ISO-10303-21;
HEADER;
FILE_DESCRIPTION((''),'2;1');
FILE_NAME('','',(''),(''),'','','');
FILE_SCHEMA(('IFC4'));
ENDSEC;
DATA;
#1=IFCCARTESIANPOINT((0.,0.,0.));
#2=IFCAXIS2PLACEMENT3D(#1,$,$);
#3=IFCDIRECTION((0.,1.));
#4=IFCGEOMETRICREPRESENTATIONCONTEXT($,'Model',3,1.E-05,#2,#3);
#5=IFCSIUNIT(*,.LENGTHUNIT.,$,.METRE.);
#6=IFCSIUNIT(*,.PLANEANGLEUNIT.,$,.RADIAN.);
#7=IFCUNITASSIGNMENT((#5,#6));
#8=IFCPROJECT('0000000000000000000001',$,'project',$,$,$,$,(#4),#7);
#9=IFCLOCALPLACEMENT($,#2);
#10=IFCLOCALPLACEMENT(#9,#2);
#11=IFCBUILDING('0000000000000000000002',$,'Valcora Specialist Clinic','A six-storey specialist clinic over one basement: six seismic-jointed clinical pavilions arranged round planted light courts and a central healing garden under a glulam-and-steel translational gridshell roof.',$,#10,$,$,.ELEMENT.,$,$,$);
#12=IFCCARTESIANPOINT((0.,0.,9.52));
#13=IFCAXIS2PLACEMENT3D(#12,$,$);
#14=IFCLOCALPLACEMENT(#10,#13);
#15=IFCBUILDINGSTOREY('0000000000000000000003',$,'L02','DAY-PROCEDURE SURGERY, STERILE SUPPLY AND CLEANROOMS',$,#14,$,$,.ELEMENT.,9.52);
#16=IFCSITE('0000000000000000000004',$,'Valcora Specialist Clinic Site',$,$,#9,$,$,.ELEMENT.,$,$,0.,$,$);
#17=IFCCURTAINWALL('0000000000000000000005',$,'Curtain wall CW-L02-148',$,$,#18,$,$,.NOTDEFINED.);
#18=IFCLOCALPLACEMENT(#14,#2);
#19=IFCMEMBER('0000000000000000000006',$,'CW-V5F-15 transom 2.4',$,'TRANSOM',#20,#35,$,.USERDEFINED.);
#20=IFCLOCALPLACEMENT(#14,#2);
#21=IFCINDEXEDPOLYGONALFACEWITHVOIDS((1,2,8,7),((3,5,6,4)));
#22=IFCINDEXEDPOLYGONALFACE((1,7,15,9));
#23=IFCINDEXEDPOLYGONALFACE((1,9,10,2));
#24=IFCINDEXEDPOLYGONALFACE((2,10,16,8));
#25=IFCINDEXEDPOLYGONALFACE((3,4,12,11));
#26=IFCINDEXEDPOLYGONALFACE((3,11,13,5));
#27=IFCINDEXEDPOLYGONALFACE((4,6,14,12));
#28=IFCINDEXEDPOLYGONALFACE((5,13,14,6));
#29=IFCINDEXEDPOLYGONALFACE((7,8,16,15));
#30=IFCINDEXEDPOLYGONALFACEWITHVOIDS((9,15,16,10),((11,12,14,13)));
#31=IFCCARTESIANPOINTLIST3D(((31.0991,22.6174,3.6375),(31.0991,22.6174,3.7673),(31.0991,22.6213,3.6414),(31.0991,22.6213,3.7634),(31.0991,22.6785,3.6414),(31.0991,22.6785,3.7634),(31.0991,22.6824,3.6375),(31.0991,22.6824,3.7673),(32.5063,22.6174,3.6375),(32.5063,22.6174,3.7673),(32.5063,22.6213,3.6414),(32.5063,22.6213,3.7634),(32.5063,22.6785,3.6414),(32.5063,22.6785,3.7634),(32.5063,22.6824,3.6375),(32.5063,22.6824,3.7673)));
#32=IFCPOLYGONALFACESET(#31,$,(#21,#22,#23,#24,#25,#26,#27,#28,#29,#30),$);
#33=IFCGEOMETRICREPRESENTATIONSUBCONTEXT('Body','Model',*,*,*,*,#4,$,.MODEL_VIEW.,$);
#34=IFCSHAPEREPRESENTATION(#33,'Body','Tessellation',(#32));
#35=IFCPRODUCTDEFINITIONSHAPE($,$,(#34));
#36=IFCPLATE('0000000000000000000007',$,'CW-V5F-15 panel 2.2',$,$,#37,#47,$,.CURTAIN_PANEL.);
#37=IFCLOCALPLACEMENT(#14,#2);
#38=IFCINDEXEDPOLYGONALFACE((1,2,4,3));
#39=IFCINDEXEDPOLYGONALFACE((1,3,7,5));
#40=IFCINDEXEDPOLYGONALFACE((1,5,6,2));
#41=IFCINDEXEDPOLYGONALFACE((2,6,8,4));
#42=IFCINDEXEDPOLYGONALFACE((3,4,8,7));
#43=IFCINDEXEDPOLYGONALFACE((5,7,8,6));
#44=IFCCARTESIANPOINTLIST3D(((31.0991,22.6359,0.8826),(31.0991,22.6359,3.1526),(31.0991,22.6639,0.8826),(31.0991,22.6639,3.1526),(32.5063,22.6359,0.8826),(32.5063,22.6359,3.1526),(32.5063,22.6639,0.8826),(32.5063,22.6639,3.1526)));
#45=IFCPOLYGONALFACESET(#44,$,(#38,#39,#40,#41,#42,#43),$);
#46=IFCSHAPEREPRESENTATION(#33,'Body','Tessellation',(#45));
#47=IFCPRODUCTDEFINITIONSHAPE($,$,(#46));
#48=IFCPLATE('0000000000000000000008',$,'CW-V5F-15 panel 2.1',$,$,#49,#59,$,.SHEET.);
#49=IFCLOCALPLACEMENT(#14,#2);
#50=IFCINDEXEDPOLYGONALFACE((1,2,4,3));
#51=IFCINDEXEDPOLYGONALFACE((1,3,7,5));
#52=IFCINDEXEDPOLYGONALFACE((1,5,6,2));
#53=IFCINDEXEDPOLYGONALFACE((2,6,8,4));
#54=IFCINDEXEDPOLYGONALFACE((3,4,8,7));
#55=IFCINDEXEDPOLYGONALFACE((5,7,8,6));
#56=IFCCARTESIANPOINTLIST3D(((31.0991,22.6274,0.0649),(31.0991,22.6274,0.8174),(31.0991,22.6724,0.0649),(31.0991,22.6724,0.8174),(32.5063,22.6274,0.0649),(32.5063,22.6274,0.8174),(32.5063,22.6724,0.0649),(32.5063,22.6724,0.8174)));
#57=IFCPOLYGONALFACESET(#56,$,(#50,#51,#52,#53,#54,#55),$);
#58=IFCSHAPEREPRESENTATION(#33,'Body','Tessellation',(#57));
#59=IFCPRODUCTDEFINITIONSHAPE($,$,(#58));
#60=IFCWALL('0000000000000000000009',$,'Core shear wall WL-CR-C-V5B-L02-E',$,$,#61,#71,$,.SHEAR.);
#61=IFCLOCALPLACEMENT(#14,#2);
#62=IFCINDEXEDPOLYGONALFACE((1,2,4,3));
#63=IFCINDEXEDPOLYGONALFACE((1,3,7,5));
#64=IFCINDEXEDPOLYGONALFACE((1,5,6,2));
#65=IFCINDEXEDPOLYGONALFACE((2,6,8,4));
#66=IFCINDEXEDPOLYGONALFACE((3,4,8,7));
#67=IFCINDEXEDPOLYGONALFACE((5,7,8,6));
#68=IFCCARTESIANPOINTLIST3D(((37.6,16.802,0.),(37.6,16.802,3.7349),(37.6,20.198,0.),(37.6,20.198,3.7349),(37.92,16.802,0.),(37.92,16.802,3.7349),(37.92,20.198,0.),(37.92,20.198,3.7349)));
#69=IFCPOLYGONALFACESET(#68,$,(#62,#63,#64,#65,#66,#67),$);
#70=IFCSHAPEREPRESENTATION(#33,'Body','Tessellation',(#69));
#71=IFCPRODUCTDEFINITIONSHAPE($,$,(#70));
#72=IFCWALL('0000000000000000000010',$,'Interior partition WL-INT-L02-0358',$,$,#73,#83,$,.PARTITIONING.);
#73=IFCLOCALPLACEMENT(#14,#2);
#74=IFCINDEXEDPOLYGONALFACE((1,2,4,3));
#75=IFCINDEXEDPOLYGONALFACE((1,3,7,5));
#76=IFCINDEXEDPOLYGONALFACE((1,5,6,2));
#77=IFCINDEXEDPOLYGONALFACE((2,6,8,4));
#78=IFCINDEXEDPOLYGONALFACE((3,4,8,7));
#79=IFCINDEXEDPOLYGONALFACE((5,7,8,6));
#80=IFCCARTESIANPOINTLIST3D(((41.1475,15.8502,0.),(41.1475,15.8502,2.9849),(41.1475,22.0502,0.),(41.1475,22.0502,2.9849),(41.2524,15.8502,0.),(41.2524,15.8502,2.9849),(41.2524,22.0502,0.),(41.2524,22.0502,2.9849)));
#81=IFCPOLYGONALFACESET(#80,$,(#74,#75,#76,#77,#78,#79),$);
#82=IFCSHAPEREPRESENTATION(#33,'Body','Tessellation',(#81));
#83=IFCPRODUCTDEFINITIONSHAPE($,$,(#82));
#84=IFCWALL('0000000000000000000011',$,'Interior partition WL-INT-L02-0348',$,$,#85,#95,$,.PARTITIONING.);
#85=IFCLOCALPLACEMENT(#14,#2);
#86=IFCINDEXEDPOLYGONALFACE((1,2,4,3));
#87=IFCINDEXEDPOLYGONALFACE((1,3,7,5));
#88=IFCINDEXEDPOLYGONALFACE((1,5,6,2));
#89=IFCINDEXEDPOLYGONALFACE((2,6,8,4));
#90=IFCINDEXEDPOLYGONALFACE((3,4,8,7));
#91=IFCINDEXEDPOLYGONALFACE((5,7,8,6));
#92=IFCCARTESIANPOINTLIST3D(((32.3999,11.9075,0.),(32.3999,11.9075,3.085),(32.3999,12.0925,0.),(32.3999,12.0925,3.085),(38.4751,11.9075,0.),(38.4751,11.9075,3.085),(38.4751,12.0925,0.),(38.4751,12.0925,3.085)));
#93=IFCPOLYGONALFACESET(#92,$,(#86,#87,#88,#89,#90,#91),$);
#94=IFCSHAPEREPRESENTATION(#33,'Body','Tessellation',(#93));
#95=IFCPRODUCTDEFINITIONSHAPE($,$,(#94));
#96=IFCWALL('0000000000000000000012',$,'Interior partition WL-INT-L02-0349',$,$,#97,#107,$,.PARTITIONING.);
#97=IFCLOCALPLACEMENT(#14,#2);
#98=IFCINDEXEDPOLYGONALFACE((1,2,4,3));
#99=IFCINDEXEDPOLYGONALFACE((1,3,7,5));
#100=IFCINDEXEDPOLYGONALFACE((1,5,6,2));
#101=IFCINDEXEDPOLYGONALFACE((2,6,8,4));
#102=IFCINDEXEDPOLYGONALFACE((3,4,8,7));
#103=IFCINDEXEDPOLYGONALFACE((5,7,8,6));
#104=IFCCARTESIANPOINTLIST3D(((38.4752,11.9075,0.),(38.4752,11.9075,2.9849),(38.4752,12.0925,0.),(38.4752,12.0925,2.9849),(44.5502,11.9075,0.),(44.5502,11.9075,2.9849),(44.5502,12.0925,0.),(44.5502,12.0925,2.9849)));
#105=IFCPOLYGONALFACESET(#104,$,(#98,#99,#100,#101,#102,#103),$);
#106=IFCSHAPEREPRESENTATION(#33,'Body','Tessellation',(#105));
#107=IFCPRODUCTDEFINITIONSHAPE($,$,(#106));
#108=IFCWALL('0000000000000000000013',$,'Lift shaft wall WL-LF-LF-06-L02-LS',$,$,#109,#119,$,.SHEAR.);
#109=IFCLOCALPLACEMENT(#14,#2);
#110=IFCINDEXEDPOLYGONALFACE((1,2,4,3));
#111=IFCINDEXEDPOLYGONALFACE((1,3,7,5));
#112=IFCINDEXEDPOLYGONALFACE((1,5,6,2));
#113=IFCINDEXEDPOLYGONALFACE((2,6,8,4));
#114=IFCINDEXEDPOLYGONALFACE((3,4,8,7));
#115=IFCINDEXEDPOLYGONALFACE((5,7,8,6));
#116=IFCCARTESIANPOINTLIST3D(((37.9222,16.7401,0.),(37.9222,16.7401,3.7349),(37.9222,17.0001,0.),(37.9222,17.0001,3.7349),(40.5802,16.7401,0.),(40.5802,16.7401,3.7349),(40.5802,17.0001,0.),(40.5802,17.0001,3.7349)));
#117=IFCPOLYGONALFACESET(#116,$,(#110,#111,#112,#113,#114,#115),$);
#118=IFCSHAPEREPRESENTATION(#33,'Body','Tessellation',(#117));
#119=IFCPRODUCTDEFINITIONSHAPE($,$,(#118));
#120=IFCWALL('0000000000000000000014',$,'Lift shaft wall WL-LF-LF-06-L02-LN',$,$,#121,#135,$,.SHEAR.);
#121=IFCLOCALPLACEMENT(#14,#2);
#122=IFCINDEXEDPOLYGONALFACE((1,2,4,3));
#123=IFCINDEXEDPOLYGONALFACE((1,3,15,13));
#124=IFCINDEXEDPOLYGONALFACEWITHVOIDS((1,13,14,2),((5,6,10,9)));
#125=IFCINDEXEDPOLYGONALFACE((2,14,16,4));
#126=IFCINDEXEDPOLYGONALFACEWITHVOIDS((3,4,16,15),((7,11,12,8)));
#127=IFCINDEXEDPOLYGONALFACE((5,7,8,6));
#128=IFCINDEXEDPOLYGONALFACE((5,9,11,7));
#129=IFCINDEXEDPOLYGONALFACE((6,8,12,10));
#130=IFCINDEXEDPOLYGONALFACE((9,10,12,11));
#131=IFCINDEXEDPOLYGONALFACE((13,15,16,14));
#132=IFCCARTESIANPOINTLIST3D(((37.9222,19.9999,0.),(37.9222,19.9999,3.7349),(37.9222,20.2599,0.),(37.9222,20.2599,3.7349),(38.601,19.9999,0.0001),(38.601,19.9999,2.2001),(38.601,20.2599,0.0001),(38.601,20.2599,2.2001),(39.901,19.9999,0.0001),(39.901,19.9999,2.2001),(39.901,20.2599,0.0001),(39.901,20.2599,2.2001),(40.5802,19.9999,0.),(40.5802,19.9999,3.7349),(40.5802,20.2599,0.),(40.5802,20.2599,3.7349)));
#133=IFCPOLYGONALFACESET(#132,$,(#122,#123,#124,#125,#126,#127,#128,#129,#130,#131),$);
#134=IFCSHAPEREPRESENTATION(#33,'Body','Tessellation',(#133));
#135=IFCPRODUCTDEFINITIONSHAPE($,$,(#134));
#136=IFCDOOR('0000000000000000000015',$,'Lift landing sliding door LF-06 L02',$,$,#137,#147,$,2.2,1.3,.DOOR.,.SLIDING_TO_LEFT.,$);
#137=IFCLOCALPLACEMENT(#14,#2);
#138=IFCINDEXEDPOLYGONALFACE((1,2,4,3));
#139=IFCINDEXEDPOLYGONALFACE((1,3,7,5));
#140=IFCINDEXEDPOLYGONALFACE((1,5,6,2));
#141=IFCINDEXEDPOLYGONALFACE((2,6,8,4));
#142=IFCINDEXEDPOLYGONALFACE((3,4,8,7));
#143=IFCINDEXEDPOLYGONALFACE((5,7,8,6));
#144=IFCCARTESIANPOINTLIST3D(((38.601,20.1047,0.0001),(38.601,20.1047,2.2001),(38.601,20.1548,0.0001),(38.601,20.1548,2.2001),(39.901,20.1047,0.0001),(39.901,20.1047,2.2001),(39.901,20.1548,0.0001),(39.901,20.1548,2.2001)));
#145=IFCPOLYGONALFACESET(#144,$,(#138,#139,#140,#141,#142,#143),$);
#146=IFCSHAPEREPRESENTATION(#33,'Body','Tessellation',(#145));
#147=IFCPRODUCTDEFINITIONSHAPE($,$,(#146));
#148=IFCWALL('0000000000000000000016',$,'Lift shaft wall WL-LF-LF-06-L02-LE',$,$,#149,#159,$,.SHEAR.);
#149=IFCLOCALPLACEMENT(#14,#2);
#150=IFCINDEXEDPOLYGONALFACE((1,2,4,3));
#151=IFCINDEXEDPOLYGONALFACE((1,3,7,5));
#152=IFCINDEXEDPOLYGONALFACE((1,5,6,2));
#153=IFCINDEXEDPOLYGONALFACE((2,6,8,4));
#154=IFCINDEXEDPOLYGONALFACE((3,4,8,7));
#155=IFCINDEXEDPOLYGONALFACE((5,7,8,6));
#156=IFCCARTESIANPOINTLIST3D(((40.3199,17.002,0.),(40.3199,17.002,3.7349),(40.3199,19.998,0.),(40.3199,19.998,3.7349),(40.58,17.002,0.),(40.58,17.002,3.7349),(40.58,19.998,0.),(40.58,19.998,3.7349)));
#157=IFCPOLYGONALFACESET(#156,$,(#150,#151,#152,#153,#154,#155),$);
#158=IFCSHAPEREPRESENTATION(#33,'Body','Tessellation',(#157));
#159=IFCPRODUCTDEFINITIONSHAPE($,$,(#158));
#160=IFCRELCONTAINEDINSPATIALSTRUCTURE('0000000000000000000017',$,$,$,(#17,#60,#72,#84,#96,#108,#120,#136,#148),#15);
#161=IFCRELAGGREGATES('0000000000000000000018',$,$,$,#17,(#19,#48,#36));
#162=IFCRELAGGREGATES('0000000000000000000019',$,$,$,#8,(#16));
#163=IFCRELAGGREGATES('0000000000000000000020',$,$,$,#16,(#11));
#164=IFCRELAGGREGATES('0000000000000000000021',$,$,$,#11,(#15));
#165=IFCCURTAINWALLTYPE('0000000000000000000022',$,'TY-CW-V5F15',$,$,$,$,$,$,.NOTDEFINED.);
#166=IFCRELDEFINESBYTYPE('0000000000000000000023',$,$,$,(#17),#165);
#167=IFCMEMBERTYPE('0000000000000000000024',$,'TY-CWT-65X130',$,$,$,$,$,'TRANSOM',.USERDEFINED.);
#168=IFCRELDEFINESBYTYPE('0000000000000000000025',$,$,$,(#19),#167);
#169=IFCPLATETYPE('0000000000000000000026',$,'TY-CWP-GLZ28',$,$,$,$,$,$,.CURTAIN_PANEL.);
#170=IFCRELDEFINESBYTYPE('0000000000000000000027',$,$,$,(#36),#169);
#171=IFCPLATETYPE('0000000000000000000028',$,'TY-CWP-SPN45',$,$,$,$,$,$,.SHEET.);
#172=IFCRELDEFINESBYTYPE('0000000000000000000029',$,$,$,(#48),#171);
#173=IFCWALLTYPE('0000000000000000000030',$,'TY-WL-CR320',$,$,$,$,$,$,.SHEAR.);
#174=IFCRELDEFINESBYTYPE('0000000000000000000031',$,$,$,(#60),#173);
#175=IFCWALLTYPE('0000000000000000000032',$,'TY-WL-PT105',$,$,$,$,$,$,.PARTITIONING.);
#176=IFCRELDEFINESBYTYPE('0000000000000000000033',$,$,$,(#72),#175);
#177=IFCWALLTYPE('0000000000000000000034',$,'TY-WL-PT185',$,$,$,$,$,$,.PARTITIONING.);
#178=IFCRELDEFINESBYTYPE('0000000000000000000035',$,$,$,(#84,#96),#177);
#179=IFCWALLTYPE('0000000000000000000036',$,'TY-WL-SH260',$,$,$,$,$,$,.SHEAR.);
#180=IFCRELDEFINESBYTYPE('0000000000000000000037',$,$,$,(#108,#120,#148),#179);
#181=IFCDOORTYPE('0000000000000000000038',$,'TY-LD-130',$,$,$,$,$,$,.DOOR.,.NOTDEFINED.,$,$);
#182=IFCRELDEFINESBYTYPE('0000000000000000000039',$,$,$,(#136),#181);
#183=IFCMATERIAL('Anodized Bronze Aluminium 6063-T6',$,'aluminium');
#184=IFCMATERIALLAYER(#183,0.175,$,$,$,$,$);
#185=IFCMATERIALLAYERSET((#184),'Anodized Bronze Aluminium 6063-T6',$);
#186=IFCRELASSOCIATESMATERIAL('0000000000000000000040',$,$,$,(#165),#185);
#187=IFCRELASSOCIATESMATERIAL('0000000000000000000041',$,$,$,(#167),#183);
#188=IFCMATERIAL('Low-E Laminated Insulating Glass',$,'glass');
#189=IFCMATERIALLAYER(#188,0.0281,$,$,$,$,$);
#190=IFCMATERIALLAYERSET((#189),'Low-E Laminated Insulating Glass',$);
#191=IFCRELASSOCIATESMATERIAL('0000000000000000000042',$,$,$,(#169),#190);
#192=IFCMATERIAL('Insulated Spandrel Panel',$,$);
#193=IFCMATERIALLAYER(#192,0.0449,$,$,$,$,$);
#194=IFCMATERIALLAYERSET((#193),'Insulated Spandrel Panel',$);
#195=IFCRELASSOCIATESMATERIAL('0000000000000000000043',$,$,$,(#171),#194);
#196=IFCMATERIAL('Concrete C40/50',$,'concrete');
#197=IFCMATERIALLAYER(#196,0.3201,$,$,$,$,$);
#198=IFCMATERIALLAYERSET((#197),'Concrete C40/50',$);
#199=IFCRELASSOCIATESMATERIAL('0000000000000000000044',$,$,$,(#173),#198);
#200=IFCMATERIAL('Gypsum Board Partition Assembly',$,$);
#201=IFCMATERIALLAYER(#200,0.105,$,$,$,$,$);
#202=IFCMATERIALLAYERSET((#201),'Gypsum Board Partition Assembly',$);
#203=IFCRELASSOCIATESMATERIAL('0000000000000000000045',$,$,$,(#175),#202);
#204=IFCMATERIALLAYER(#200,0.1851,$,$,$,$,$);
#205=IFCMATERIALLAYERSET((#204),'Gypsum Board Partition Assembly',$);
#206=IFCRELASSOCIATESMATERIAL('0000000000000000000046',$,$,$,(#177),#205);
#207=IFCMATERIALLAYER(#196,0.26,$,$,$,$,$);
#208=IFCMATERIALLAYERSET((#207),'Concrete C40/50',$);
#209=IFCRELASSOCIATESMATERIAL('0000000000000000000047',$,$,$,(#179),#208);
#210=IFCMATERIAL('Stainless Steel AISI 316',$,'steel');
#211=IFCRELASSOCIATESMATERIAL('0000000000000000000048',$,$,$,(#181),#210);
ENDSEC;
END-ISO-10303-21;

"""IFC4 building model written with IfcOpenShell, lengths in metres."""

from ifc_helpers import new_model, si_unit, direction, frame, frame_2d, origin, origin_2d, place, context, subcontext, project, spatial, rectangle, hollow_rectangle, extrude, material, layer, layer_set, material_profile, profile_set, type_object, element, fill, aggregate, save


model = new_model("IFC4")

# Units and contexts
model_context = context("Model", 3, precision=1e-05, world=origin(), true_north=direction((0.0, 1.0)))
body_context = subcontext(model_context, "Body", "Model", "MODEL_VIEW")
ifc_project = project(units=[si_unit("LENGTHUNIT", "METRE"), si_unit("PLANEANGLEUNIT", "RADIAN")], contexts=[model_context])

# Site, building, storey
site_placement = place(None, origin())
site = spatial("IfcSite", under=ifc_project, at=site_placement, Name="Valcora Specialist Clinic Site", CompositionType="ELEMENT", RefElevation=0.0)
building_placement = place(site_placement, origin())
building = spatial("IfcBuilding", under=site, at=building_placement, Name="Valcora Specialist Clinic", Description="A six-storey specialist clinic over one basement: six seismic-jointed clinical pavilions arranged round planted light courts and a central healing garden under a glulam-and-steel translational gridshell roof.", CompositionType="ELEMENT")
storey_placement = place(building_placement, frame((0.0, 0.0, 9.52)))
storey = spatial("IfcBuildingStorey", under=building, at=storey_placement, Name="L02", Description="DAY-PROCEDURE SURGERY, STERILE SUPPLY AND CLEANROOMS", CompositionType="ELEMENT", Elevation=9.52)

# Shared definitions
ifc_material_1 = material(Name="Concrete C40/50", Category="concrete")

# Curtain wall, member, plates
ifc_material_2 = material(Name="Anodized Bronze Aluminium 6063-T6", Category="aluminium")
ifc_layer_1 = layer(ifc_material_2, 0.175)
ifc_layer_set_1 = layer_set([ifc_layer_1], Name="Anodized Bronze Aluminium 6063-T6")
curtain_wall_type = type_object("IfcCurtainWallType", Name="TY-CW-V5F15", PredefinedType="NOTDEFINED", material=ifc_layer_set_1)
curtain_wall_placement = place(storey_placement, origin())
curtain_wall = element("IfcCurtainWall", 1, at=curtain_wall_placement, inside=storey, type_object=curtain_wall_type, Name="Curtain wall CW-L02-148", PredefinedType="NOTDEFINED")
ifc_material_profile_1 = material_profile(ifc_material_2, hollow_rectangle(XDim=0.0649, YDim=0.1299, WallThickness=0.0039, at=origin_2d()), Name="AL-TRN-65X130")
ifc_profile_set_1 = profile_set([ifc_material_profile_1], Name="Anodized Bronze Aluminium 6063-T6")
member_type_1 = type_object("IfcMemberType", Name="TY-CWT-65X130", ElementType="TRANSOM", PredefinedType="USERDEFINED", material=ifc_profile_set_1)
member_1_placement = place(storey_placement, frame((31.0991, 22.6499, 3.7024), z_axis=(1.0, 0.0, 0.0), x_axis=(0.0, 1.0, 0.0)))
member_1 = element("IfcMember", 2, at=member_1_placement, type_object=member_type_1, Name="CW-V5F-15 transom 2.4", ObjectType="TRANSOM", PredefinedType="USERDEFINED", context=body_context, shape_type="SweptSolid", body=[
    extrude(hollow_rectangle(XDim=0.0649, YDim=0.1299, WallThickness=0.0039, at=origin_2d()), origin(), (0.0, 0.0, 1.0), 1.4072),
])
ifc_material_3 = material(Name="Low-E Laminated Insulating Glass", Category="glass")
ifc_layer_2 = layer(ifc_material_3, 0.0281)
ifc_layer_set_2 = layer_set([ifc_layer_2], Name="Low-E Laminated Insulating Glass")
plate_type_1 = type_object("IfcPlateType", Name="TY-CWP-GLZ28", PredefinedType="CURTAIN_PANEL", material=ifc_layer_set_2)
plate_1_placement = place(storey_placement, frame((31.8027, 22.6499, 0.8826), z_axis=(0.0, 0.0, 1.0), x_axis=(1.0, 0.0, 0.0)))
plate_1 = element("IfcPlate", 3, at=plate_1_placement, type_object=plate_type_1, Name="CW-V5F-15 panel 2.2", PredefinedType="CURTAIN_PANEL", context=body_context, shape_type="SweptSolid", body=[
    extrude(rectangle(XDim=1.4072, YDim=0.0281, at=origin_2d()), origin(), (0.0, 0.0, 1.0), 2.27),
])
ifc_material_4 = material(Name="Insulated Spandrel Panel")
ifc_layer_3 = layer(ifc_material_4, 0.0449)
ifc_layer_set_3 = layer_set([ifc_layer_3], Name="Insulated Spandrel Panel")
plate_type_2 = type_object("IfcPlateType", Name="TY-CWP-SPN45", PredefinedType="SHEET", material=ifc_layer_set_3)
plate_2_placement = place(storey_placement, frame((31.8027, 22.6499, 0.0649), z_axis=(0.0, 0.0, 1.0), x_axis=(1.0, 0.0, 0.0)))
plate_2 = element("IfcPlate", 4, at=plate_2_placement, type_object=plate_type_2, Name="CW-V5F-15 panel 2.1", PredefinedType="SHEET", context=body_context, shape_type="SweptSolid", body=[
    extrude(rectangle(XDim=1.4072, YDim=0.0449, at=origin_2d()), origin(), (0.0, 0.0, 1.0), 0.7524),
])
aggregate(curtain_wall, [member_1, plate_2, plate_1])

# Walls
ifc_layer_4 = layer(ifc_material_1, 0.3201)
ifc_layer_set_4 = layer_set([ifc_layer_4], Name="Concrete C40/50")
wall_type_1 = type_object("IfcWallType", Name="TY-WL-CR320", PredefinedType="SHEAR", material=ifc_layer_set_4)
wall_1_placement = place(storey_placement, frame((37.76, 16.802, 0.0), z_axis=(0.0, 0.0, 1.0), x_axis=(0.0, 1.0, 0.0)))
element("IfcWall", 5, at=wall_1_placement, inside=storey, type_object=wall_type_1, Name="Core shear wall WL-CR-C-V5B-L02-E", PredefinedType="SHEAR", context=body_context, shape_type="SweptSolid", body=[
    extrude(rectangle(XDim=3.396, YDim=0.3201, at=frame_2d((1.698, 0.0))), origin(), (0.0, 0.0, 1.0), 3.7349),
])
ifc_material_5 = material(Name="Gypsum Board Partition Assembly")
ifc_layer_5 = layer(ifc_material_5, 0.105)
ifc_layer_set_5 = layer_set([ifc_layer_5], Name="Gypsum Board Partition Assembly")
wall_type_2 = type_object("IfcWallType", Name="TY-WL-PT105", PredefinedType="PARTITIONING", material=ifc_layer_set_5)
wall_2_placement = place(storey_placement, frame((41.2, 15.8501, 0.0), z_axis=(0.0, 0.0, 1.0), x_axis=(0.0, 1.0, 0.0)))
element("IfcWall", 6, at=wall_2_placement, inside=storey, type_object=wall_type_2, Name="Interior partition WL-INT-L02-0358", PredefinedType="PARTITIONING", context=body_context, shape_type="SweptSolid", body=[
    extrude(rectangle(XDim=6.2, YDim=0.105, at=frame_2d((3.1001, 0.0))), origin(), (0.0, 0.0, 1.0), 2.9849),
])
ifc_layer_6 = layer(ifc_material_5, 0.1851)
ifc_layer_set_6 = layer_set([ifc_layer_6], Name="Gypsum Board Partition Assembly")
wall_type_3 = type_object("IfcWallType", Name="TY-WL-PT185", PredefinedType="PARTITIONING", material=ifc_layer_set_6)
wall_3_placement = place(storey_placement, frame((32.3999, 12.0, 0.0), z_axis=(0.0, 0.0, 1.0), x_axis=(1.0, 0.0, 0.0)))
element("IfcWall", 7, at=wall_3_placement, inside=storey, type_object=wall_type_3, Name="Interior partition WL-INT-L02-0348", PredefinedType="PARTITIONING", context=body_context, shape_type="SweptSolid", body=[
    extrude(rectangle(XDim=6.0752, YDim=0.1851, at=frame_2d((3.0376, 0.0))), origin(), (0.0, 0.0, 1.0), 3.085),
])
wall_4_placement = place(storey_placement, frame((38.4751, 12.0, 0.0), z_axis=(0.0, 0.0, 1.0), x_axis=(1.0, 0.0, 0.0)))
element("IfcWall", 8, at=wall_4_placement, inside=storey, type_object=wall_type_3, Name="Interior partition WL-INT-L02-0349", PredefinedType="PARTITIONING", context=body_context, shape_type="SweptSolid", body=[
    extrude(rectangle(XDim=6.075, YDim=0.1851, at=frame_2d((3.0376, 0.0))), origin(), (0.0, 0.0, 1.0), 2.9849),
])
ifc_layer_7 = layer(ifc_material_1, 0.26)
ifc_layer_set_7 = layer_set([ifc_layer_7], Name="Concrete C40/50")
wall_type_4 = type_object("IfcWallType", Name="TY-WL-SH260", PredefinedType="SHEAR", material=ifc_layer_set_7)
wall_5_placement = place(storey_placement, frame((37.9221, 16.8701, 0.0), z_axis=(0.0, 0.0, 1.0), x_axis=(1.0, 0.0, 0.0)))
element("IfcWall", 9, at=wall_5_placement, inside=storey, type_object=wall_type_4, Name="Lift shaft wall WL-LF-LF-06-L02-LS", PredefinedType="SHEAR", context=body_context, shape_type="SweptSolid", body=[
    extrude(rectangle(XDim=2.658, YDim=0.26, at=frame_2d((1.3291, 0.0))), origin(), (0.0, 0.0, 1.0), 3.7349),
])

# Wall, opening, door
wall_6_placement = place(storey_placement, frame((37.9221, 20.1299, 0.0), z_axis=(0.0, 0.0, 1.0), x_axis=(1.0, 0.0, 0.0)))
wall_6 = element("IfcWall", 10, at=wall_6_placement, inside=storey, type_object=wall_type_4, Name="Lift shaft wall WL-LF-LF-06-L02-LN", PredefinedType="SHEAR", context=body_context, shape_type="SweptSolid", body=[
    extrude(rectangle(XDim=2.658, YDim=0.26, at=frame_2d((1.3291, 0.0))), origin(), (0.0, 0.0, 1.0), 3.7349),
])
opening_placement = place(wall_6_placement, frame((0.679, 0.0, 0.0)))
opening = element("IfcOpeningElement", 11, at=opening_placement, cuts=wall_6, PredefinedType="OPENING", context=body_context, shape_type="SweptSolid", body=[
    extrude(rectangle(XDim=1.3, YDim=2.2, at=frame_2d((0.6499, 1.1001))), frame((0.0, 0.1399, 0.0), z_axis=(0.0, -1.0, 0.0), x_axis=(1.0, 0.0, 0.0)), (0.0, 0.0, 1.0), 0.28),
])
ifc_material_6 = material(Name="Stainless Steel AISI 316", Category="steel")
door_type = type_object("IfcDoorType", Name="TY-LD-130", OperationType="NOTDEFINED", PredefinedType="DOOR", material=ifc_material_6)
door_placement = place(opening_placement, origin())
door = element("IfcDoor", 12, at=door_placement, inside=storey, type_object=door_type, Name="Lift landing sliding door LF-06 L02", OperationType="SLIDING_TO_LEFT", OverallHeight=2.2, OverallWidth=1.3, PredefinedType="DOOR", context=body_context, shape_type="SweptSolid", body=[
    extrude(rectangle(XDim=1.3, YDim=2.2, at=frame_2d((0.6499, 1.1001))), frame((0.0, 0.0249, 0.0), z_axis=(0.0, -1.0, 0.0), x_axis=(1.0, 0.0, 0.0)), (0.0, 0.0, 1.0), 0.05),
])
fill(opening, door)

# Wall
wall_7_placement = place(storey_placement, frame((40.45, 17.002, 0.0), z_axis=(0.0, 0.0, 1.0), x_axis=(0.0, 1.0, 0.0)))
element("IfcWall", 13, at=wall_7_placement, inside=storey, type_object=wall_type_4, Name="Lift shaft wall WL-LF-LF-06-L02-LE", PredefinedType="SHEAR", context=body_context, shape_type="SweptSolid", body=[
    extrude(rectangle(XDim=2.9961, YDim=0.26, at=frame_2d((1.498, 0.0))), origin(), (0.0, 0.0, 1.0), 3.7349),
])

save(model, "model.ifc")
